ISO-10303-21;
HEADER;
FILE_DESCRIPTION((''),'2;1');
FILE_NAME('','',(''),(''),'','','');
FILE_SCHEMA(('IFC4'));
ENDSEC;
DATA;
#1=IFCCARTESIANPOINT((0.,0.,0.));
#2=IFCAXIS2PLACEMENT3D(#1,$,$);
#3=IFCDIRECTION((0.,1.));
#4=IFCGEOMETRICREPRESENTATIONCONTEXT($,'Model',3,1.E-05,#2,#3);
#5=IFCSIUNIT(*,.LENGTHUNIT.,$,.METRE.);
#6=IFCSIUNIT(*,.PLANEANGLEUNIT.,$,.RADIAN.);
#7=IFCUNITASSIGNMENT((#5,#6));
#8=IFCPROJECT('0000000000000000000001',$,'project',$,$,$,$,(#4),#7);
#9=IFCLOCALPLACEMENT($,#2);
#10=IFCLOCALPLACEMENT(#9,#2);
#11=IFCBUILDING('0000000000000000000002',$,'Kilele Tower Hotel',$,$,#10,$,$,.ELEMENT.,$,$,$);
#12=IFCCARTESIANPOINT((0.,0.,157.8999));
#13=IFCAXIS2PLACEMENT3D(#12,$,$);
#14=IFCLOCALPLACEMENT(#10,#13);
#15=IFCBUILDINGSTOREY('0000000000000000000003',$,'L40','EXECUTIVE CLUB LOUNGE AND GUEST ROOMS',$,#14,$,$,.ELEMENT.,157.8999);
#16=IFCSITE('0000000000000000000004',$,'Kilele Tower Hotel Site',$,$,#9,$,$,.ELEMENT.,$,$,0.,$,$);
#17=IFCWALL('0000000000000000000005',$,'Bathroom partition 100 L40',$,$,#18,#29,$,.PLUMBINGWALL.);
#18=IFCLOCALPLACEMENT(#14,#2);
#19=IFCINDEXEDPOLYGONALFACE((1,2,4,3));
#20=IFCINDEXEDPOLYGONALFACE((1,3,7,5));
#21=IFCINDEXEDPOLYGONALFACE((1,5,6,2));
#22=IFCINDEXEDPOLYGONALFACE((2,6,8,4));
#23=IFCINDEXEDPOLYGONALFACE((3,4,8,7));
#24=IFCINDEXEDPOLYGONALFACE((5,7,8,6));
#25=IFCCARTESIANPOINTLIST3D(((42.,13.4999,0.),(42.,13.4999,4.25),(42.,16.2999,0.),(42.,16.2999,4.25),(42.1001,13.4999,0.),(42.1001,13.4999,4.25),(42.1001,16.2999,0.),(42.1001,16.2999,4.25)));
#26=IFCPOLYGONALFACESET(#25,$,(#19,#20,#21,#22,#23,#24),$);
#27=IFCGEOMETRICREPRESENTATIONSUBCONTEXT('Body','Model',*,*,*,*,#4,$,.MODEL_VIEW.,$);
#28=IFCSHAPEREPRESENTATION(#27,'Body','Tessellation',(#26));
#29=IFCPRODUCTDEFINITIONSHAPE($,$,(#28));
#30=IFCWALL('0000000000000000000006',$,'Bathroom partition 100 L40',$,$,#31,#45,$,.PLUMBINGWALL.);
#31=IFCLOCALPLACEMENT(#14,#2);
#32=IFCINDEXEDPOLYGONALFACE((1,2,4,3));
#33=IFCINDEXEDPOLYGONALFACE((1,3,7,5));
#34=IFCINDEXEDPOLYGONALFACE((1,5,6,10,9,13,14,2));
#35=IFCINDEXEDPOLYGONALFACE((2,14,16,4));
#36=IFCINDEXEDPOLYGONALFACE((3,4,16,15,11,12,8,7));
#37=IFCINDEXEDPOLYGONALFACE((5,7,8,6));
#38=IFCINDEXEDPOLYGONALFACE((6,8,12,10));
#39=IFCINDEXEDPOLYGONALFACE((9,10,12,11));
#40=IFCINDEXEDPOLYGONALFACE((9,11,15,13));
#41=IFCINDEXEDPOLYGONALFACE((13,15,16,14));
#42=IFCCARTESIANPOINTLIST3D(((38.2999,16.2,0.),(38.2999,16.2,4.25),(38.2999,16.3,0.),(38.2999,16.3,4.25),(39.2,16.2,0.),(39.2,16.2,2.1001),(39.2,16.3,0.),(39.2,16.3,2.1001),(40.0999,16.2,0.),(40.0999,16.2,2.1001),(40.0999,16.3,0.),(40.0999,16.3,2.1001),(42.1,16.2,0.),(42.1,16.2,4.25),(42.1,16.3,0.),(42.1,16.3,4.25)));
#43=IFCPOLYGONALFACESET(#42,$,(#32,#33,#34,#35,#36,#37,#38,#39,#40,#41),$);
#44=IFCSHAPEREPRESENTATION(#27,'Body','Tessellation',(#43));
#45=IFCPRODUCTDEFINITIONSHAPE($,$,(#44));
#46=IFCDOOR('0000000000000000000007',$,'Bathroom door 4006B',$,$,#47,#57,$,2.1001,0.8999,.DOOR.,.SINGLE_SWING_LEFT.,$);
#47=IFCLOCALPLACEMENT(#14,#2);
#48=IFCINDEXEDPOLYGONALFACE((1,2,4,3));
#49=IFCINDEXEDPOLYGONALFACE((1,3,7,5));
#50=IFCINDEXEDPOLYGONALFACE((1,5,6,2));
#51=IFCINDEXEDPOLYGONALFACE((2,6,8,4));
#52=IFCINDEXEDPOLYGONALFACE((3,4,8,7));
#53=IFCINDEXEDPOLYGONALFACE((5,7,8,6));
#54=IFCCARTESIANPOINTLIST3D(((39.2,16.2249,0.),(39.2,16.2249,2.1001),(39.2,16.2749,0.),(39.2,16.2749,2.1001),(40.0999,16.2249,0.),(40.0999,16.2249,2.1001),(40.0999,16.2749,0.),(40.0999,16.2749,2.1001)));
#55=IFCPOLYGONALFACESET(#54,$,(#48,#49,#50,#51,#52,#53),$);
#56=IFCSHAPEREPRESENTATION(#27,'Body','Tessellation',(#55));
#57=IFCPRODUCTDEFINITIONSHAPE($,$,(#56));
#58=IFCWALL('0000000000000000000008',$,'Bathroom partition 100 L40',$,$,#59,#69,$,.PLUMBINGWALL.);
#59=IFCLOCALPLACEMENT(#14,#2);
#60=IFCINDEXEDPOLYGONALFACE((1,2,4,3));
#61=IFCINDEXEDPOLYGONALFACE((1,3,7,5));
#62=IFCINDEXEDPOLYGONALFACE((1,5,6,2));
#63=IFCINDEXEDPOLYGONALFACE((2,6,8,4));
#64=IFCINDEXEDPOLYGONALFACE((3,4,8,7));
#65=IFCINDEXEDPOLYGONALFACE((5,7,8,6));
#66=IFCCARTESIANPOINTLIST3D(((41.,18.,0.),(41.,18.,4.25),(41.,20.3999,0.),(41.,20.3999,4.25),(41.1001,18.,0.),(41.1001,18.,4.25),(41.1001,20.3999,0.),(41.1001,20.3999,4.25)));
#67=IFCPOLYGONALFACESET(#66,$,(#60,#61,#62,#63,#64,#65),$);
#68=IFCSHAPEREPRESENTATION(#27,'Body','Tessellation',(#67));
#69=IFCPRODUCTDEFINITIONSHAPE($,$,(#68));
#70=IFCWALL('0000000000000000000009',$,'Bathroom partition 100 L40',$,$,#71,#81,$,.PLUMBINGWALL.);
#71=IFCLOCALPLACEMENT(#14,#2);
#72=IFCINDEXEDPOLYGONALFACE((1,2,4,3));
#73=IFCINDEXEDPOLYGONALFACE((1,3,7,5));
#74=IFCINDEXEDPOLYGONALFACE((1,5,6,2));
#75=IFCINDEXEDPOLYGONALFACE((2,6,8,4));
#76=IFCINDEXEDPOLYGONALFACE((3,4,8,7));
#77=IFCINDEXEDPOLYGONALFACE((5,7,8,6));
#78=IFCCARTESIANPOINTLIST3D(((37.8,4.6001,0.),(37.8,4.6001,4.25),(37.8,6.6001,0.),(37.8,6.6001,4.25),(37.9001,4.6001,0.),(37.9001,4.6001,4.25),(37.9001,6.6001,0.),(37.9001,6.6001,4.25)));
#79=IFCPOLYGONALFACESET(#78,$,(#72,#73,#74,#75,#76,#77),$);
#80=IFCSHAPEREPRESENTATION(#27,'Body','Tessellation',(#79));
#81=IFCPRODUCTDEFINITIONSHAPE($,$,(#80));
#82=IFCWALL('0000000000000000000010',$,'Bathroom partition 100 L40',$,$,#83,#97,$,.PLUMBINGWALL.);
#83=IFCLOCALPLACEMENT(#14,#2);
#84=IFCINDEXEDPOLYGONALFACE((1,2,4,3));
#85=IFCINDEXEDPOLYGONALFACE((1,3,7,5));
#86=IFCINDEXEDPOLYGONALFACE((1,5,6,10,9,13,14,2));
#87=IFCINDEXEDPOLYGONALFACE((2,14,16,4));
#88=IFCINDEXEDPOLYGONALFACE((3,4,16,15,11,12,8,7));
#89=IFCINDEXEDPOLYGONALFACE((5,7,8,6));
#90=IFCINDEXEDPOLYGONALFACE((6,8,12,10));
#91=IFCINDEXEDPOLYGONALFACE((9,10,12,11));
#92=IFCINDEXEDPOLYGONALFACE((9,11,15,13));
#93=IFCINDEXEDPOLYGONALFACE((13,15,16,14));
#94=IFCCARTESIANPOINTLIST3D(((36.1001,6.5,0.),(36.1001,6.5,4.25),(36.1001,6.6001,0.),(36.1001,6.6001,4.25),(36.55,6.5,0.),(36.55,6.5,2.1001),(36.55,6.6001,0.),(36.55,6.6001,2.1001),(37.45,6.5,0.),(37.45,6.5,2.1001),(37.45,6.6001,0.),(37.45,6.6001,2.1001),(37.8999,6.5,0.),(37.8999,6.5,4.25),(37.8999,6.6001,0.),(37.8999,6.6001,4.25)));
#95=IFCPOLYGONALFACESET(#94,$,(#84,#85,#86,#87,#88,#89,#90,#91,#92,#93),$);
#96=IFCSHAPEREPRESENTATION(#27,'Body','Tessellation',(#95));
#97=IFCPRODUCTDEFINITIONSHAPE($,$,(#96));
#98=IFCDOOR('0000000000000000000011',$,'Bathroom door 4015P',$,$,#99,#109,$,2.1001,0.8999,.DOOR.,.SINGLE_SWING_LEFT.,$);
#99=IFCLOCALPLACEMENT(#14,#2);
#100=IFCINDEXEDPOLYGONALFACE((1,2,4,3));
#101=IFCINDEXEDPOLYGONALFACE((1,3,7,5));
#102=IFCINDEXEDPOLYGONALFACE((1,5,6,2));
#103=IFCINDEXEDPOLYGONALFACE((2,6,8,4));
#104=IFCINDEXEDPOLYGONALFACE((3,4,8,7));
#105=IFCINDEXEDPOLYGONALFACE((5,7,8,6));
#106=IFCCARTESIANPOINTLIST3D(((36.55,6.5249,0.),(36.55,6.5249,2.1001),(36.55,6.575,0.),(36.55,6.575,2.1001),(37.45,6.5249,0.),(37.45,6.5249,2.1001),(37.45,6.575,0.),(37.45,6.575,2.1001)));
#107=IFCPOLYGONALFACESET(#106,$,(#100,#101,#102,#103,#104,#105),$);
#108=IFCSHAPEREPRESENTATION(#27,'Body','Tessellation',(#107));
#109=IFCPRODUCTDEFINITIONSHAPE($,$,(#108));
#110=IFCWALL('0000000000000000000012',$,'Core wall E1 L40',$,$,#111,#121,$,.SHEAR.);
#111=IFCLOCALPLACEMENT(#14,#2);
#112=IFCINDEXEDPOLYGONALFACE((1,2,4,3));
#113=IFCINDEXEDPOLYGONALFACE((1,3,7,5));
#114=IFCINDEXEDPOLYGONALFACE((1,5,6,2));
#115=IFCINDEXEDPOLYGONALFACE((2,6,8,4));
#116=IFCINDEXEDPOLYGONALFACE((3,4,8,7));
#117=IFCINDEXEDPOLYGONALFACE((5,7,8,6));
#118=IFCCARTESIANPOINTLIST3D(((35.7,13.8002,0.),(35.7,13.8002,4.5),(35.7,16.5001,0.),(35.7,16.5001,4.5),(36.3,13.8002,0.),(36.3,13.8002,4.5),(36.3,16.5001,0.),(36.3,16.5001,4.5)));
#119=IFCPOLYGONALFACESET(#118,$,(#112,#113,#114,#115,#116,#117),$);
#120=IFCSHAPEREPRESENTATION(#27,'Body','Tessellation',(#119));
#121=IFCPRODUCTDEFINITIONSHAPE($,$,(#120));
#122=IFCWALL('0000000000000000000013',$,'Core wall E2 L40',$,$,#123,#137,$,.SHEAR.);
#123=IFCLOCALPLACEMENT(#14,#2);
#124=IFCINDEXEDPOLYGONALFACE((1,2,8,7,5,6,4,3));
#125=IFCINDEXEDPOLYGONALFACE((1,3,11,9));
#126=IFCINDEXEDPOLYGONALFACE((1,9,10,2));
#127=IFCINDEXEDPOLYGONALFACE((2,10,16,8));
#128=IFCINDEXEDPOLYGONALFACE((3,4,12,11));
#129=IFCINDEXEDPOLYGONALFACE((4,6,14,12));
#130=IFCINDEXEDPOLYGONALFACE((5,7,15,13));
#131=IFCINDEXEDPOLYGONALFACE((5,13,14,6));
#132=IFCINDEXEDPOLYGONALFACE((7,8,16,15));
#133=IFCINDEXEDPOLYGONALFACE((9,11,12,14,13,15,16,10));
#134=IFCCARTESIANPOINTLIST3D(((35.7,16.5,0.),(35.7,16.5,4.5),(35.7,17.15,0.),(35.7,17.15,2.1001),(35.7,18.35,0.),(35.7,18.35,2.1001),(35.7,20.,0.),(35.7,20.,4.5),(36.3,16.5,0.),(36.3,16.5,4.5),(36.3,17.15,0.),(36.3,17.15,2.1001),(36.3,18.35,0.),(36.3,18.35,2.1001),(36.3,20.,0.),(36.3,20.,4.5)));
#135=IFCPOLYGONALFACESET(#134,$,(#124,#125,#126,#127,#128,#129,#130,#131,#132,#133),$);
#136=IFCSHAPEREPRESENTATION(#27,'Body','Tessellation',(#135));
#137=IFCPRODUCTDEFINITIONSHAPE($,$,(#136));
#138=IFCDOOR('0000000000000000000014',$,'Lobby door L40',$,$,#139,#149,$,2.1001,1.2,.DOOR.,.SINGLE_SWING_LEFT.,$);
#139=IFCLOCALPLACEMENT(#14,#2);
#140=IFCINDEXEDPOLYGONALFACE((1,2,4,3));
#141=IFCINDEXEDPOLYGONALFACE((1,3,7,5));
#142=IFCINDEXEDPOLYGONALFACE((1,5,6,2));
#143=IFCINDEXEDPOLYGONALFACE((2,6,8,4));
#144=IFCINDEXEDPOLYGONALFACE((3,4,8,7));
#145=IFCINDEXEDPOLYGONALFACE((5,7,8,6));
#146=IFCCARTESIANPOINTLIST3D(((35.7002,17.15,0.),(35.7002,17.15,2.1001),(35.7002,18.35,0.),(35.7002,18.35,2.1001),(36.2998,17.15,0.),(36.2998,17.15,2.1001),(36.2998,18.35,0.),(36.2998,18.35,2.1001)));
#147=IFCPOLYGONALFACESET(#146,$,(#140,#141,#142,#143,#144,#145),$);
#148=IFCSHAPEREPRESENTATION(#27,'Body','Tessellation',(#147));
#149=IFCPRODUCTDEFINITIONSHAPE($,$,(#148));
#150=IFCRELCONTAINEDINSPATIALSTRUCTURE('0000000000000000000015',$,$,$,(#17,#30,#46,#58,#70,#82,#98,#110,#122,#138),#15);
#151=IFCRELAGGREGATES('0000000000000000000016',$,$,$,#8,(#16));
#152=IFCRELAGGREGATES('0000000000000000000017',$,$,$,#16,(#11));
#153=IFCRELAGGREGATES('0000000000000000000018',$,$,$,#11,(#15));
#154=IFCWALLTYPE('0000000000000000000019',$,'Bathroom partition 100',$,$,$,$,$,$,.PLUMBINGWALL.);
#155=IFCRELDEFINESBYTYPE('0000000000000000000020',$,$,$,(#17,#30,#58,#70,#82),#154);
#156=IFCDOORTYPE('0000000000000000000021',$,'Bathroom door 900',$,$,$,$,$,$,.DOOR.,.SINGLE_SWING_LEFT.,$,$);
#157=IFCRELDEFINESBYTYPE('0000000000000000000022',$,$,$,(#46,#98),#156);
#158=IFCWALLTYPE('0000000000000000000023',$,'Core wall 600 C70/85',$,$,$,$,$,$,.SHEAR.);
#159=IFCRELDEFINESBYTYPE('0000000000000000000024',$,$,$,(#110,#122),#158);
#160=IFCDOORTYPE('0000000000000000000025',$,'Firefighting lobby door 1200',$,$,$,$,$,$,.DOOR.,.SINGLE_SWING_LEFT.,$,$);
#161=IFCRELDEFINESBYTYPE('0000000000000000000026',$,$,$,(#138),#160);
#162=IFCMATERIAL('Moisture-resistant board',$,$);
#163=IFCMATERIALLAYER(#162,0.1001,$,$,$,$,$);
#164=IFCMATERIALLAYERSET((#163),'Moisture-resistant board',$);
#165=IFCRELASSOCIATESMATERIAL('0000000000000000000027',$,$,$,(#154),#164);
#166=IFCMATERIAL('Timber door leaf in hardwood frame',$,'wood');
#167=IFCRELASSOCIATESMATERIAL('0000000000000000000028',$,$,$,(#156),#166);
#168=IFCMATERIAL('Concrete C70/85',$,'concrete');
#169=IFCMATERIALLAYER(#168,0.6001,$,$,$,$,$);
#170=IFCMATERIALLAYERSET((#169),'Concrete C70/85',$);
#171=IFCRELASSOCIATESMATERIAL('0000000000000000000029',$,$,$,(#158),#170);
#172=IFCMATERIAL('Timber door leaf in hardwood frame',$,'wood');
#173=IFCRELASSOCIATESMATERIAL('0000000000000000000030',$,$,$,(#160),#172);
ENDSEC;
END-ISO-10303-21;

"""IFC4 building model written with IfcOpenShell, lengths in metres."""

from ifc_helpers import new_model, si_unit, direction, frame, frame_2d, origin, place, context, subcontext, project, spatial, rectangle, extrude, material, layer, layer_set, type_object, element, fill, save


model = new_model("IFC4")

# Units and contexts
model_context = context("Model", 3, precision=1e-05, world=origin(), true_north=direction((0.0, 1.0)))
body_context = subcontext(model_context, "Body", "Model", "MODEL_VIEW")
ifc_project = project(units=[si_unit("LENGTHUNIT", "METRE"), si_unit("PLANEANGLEUNIT", "RADIAN")], contexts=[model_context])

# Site, building, storey
site_placement = place(None, origin())
site = spatial("IfcSite", under=ifc_project, at=site_placement, Name="Kilele Tower Hotel Site", CompositionType="ELEMENT", RefElevation=0.0)
building_placement = place(site_placement, origin())
building = spatial("IfcBuilding", under=site, at=building_placement, Name="Kilele Tower Hotel", CompositionType="ELEMENT")
storey_placement = place(building_placement, frame((0.0, 0.0, 157.8999)))
storey = spatial("IfcBuildingStorey", under=building, at=storey_placement, Name="L40", Description="EXECUTIVE CLUB LOUNGE AND GUEST ROOMS", CompositionType="ELEMENT", Elevation=157.8999)

# Wall
ifc_material_1 = material(Name="Moisture-resistant board")
ifc_layer_1 = layer(ifc_material_1, 0.1001)
ifc_layer_set_1 = layer_set([ifc_layer_1], Name="Moisture-resistant board")
wall_type_1 = type_object("IfcWallType", Name="Bathroom partition 100", PredefinedType="PLUMBINGWALL", material=ifc_layer_set_1)
wall_1_placement = place(storey_placement, frame((42.05, 13.5, 0.0), z_axis=(0.0, 0.0, 1.0), x_axis=(0.0, 1.0, 0.0)))
element("IfcWall", 1, at=wall_1_placement, inside=storey, type_object=wall_type_1, Name="Bathroom partition 100 L40", PredefinedType="PLUMBINGWALL", context=body_context, shape_type="SweptSolid", body=[
    extrude(rectangle(XDim=2.8, YDim=0.1001, at=frame_2d((1.3999, 0.0))), origin(), (0.0, 0.0, 1.0), 4.25),
])

# Wall, opening, door
wall_2_placement = place(storey_placement, frame((38.3, 16.25, 0.0), z_axis=(0.0, 0.0, 1.0), x_axis=(1.0, 0.0, 0.0)))
wall_2 = element("IfcWall", 2, at=wall_2_placement, inside=storey, type_object=wall_type_1, Name="Bathroom partition 100 L40", PredefinedType="PLUMBINGWALL", context=body_context, shape_type="SweptSolid", body=[
    extrude(rectangle(XDim=3.8, YDim=0.1001, at=frame_2d((1.8999, 0.0))), origin(), (0.0, 0.0, 1.0), 4.25),
])
opening_1_placement = place(wall_2_placement, frame((0.8999, 0.0, 0.0)))
opening_1 = element("IfcOpeningElement", 3, at=opening_1_placement, cuts=wall_2, PredefinedType="OPENING", context=body_context, shape_type="SweptSolid", body=[
    extrude(rectangle(XDim=0.8999, YDim=2.1001, at=frame_2d((0.45, 1.05))), frame((0.0, 0.0601, 0.0), z_axis=(0.0, -1.0, 0.0), x_axis=(1.0, 0.0, 0.0)), (0.0, 0.0, 1.0), 0.1201),
])
ifc_material_2 = material(Name="Timber door leaf in hardwood frame", Category="wood")
door_type_1 = type_object("IfcDoorType", Name="Bathroom door 900", OperationType="SINGLE_SWING_LEFT", PredefinedType="DOOR", material=ifc_material_2)
door_1_placement = place(opening_1_placement, origin())
door_1 = element("IfcDoor", 4, at=door_1_placement, inside=storey, type_object=door_type_1, Name="Bathroom door 4006B", OperationType="SINGLE_SWING_LEFT", OverallHeight=2.1001, OverallWidth=0.8999, PredefinedType="DOOR", context=body_context, shape_type="SweptSolid", body=[
    extrude(rectangle(XDim=0.8999, YDim=2.1001, at=frame_2d((0.45, 1.05))), frame((0.0, 0.0249, 0.0), z_axis=(0.0, -1.0, 0.0), x_axis=(1.0, 0.0, 0.0)), (0.0, 0.0, 1.0), 0.05),
])
fill(opening_1, door_1)

# Walls
wall_3_placement = place(storey_placement, frame((41.05, 18.0, 0.0), z_axis=(0.0, 0.0, 1.0), x_axis=(0.0, 1.0, 0.0)))
element("IfcWall", 5, at=wall_3_placement, inside=storey, type_object=wall_type_1, Name="Bathroom partition 100 L40", PredefinedType="PLUMBINGWALL", context=body_context, shape_type="SweptSolid", body=[
    extrude(rectangle(XDim=2.3999, YDim=0.1001, at=frame_2d((1.2, 0.0))), origin(), (0.0, 0.0, 1.0), 4.25),
])
wall_4_placement = place(storey_placement, frame((37.8501, 4.6001, 0.0), z_axis=(0.0, 0.0, 1.0), x_axis=(0.0, 1.0, 0.0)))
element("IfcWall", 6, at=wall_4_placement, inside=storey, type_object=wall_type_1, Name="Bathroom partition 100 L40", PredefinedType="PLUMBINGWALL", context=body_context, shape_type="SweptSolid", body=[
    extrude(rectangle(XDim=2.0, YDim=0.1001, at=frame_2d((1.0, 0.0))), origin(), (0.0, 0.0, 1.0), 4.25),
])

# Wall, opening, door
wall_5_placement = place(storey_placement, frame((36.1001, 6.55, 0.0), z_axis=(0.0, 0.0, 1.0), x_axis=(1.0, 0.0, 0.0)))
wall_5 = element("IfcWall", 7, at=wall_5_placement, inside=storey, type_object=wall_type_1, Name="Bathroom partition 100 L40", PredefinedType="PLUMBINGWALL", context=body_context, shape_type="SweptSolid", body=[
    extrude(rectangle(XDim=1.7998, YDim=0.1001, at=frame_2d((0.8999, 0.0))), origin(), (0.0, 0.0, 1.0), 4.25),
])
opening_2_placement = place(wall_5_placement, frame((0.45, 0.0, 0.0)))
opening_2 = element("IfcOpeningElement", 8, at=opening_2_placement, cuts=wall_5, PredefinedType="OPENING", context=body_context, shape_type="SweptSolid", body=[
    extrude(rectangle(XDim=0.8999, YDim=2.1001, at=frame_2d((0.45, 1.05))), frame((0.0, 0.0601, 0.0), z_axis=(0.0, -1.0, 0.0), x_axis=(1.0, 0.0, 0.0)), (0.0, 0.0, 1.0), 0.1201),
])
door_2_placement = place(opening_2_placement, origin())
door_2 = element("IfcDoor", 9, at=door_2_placement, inside=storey, type_object=door_type_1, Name="Bathroom door 4015P", OperationType="SINGLE_SWING_LEFT", OverallHeight=2.1001, OverallWidth=0.8999, PredefinedType="DOOR", context=body_context, shape_type="SweptSolid", body=[
    extrude(rectangle(XDim=0.8999, YDim=2.1001, at=frame_2d((0.45, 1.05))), frame((0.0, 0.0249, 0.0), z_axis=(0.0, -1.0, 0.0), x_axis=(1.0, 0.0, 0.0)), (0.0, 0.0, 1.0), 0.05),
])
fill(opening_2, door_2)

# Wall
ifc_material_3 = material(Name="Concrete C70/85", Category="concrete")
ifc_layer_2 = layer(ifc_material_3, 0.6001)
ifc_layer_set_2 = layer_set([ifc_layer_2], Name="Concrete C70/85")
wall_type_2 = type_object("IfcWallType", Name="Core wall 600 C70/85", PredefinedType="SHEAR", material=ifc_layer_set_2)
wall_6_placement = place(storey_placement, frame((36.0, 13.8, 0.0), z_axis=(0.0, 0.0, 1.0), x_axis=(0.0, 1.0, 0.0)))
element("IfcWall", 10, at=wall_6_placement, inside=storey, type_object=wall_type_2, Name="Core wall E1 L40", PredefinedType="SHEAR", context=body_context, shape_type="SweptSolid", body=[
    extrude(rectangle(XDim=2.7, YDim=0.6001, at=frame_2d((1.3501, 0.0))), origin(), (0.0, 0.0, 1.0), 4.5),
])

# Wall, opening, door
wall_7_placement = place(storey_placement, frame((36.0, 16.5, 0.0), z_axis=(0.0, 0.0, 1.0), x_axis=(0.0, 1.0, 0.0)))
wall_7 = element("IfcWall", 11, at=wall_7_placement, inside=storey, type_object=wall_type_2, Name="Core wall E2 L40", PredefinedType="SHEAR", context=body_context, shape_type="SweptSolid", body=[
    extrude(rectangle(XDim=3.5, YDim=0.6001, at=frame_2d((1.75, 0.0))), origin(), (0.0, 0.0, 1.0), 4.5),
])
opening_3_placement = place(wall_7_placement, frame((0.6499, 0.0, 0.0)))
opening_3 = element("IfcOpeningElement", 12, at=opening_3_placement, cuts=wall_7, PredefinedType="OPENING", context=body_context, shape_type="SweptSolid", body=[
    extrude(rectangle(XDim=1.2, YDim=2.1001, at=frame_2d((0.6001, 1.05))), frame((0.0, 0.3101, 0.0), z_axis=(0.0, -1.0, 0.0), x_axis=(1.0, 0.0, 0.0)), (0.0, 0.0, 1.0), 0.6201),
])
ifc_material_4 = material(Name="Timber door leaf in hardwood frame", Category="wood")
door_type_2 = type_object("IfcDoorType", Name="Firefighting lobby door 1200", OperationType="SINGLE_SWING_LEFT", PredefinedType="DOOR", material=ifc_material_4)
door_3_placement = place(opening_3_placement, origin())
door_3 = element("IfcDoor", 13, at=door_3_placement, inside=storey, type_object=door_type_2, Name="Lobby door L40", OperationType="SINGLE_SWING_LEFT", OverallHeight=2.1001, OverallWidth=1.2, PredefinedType="DOOR", context=body_context, shape_type="SweptSolid", body=[
    extrude(rectangle(XDim=1.2, YDim=2.1001, at=frame_2d((0.6001, 1.05))), frame((0.0, 0.2998, 0.0), z_axis=(0.0, -1.0, 0.0), x_axis=(1.0, 0.0, 0.0)), (0.0, 0.0, 1.0), 0.5996),
])
fill(opening_3, door_3)

save(model, "model.ifc")
